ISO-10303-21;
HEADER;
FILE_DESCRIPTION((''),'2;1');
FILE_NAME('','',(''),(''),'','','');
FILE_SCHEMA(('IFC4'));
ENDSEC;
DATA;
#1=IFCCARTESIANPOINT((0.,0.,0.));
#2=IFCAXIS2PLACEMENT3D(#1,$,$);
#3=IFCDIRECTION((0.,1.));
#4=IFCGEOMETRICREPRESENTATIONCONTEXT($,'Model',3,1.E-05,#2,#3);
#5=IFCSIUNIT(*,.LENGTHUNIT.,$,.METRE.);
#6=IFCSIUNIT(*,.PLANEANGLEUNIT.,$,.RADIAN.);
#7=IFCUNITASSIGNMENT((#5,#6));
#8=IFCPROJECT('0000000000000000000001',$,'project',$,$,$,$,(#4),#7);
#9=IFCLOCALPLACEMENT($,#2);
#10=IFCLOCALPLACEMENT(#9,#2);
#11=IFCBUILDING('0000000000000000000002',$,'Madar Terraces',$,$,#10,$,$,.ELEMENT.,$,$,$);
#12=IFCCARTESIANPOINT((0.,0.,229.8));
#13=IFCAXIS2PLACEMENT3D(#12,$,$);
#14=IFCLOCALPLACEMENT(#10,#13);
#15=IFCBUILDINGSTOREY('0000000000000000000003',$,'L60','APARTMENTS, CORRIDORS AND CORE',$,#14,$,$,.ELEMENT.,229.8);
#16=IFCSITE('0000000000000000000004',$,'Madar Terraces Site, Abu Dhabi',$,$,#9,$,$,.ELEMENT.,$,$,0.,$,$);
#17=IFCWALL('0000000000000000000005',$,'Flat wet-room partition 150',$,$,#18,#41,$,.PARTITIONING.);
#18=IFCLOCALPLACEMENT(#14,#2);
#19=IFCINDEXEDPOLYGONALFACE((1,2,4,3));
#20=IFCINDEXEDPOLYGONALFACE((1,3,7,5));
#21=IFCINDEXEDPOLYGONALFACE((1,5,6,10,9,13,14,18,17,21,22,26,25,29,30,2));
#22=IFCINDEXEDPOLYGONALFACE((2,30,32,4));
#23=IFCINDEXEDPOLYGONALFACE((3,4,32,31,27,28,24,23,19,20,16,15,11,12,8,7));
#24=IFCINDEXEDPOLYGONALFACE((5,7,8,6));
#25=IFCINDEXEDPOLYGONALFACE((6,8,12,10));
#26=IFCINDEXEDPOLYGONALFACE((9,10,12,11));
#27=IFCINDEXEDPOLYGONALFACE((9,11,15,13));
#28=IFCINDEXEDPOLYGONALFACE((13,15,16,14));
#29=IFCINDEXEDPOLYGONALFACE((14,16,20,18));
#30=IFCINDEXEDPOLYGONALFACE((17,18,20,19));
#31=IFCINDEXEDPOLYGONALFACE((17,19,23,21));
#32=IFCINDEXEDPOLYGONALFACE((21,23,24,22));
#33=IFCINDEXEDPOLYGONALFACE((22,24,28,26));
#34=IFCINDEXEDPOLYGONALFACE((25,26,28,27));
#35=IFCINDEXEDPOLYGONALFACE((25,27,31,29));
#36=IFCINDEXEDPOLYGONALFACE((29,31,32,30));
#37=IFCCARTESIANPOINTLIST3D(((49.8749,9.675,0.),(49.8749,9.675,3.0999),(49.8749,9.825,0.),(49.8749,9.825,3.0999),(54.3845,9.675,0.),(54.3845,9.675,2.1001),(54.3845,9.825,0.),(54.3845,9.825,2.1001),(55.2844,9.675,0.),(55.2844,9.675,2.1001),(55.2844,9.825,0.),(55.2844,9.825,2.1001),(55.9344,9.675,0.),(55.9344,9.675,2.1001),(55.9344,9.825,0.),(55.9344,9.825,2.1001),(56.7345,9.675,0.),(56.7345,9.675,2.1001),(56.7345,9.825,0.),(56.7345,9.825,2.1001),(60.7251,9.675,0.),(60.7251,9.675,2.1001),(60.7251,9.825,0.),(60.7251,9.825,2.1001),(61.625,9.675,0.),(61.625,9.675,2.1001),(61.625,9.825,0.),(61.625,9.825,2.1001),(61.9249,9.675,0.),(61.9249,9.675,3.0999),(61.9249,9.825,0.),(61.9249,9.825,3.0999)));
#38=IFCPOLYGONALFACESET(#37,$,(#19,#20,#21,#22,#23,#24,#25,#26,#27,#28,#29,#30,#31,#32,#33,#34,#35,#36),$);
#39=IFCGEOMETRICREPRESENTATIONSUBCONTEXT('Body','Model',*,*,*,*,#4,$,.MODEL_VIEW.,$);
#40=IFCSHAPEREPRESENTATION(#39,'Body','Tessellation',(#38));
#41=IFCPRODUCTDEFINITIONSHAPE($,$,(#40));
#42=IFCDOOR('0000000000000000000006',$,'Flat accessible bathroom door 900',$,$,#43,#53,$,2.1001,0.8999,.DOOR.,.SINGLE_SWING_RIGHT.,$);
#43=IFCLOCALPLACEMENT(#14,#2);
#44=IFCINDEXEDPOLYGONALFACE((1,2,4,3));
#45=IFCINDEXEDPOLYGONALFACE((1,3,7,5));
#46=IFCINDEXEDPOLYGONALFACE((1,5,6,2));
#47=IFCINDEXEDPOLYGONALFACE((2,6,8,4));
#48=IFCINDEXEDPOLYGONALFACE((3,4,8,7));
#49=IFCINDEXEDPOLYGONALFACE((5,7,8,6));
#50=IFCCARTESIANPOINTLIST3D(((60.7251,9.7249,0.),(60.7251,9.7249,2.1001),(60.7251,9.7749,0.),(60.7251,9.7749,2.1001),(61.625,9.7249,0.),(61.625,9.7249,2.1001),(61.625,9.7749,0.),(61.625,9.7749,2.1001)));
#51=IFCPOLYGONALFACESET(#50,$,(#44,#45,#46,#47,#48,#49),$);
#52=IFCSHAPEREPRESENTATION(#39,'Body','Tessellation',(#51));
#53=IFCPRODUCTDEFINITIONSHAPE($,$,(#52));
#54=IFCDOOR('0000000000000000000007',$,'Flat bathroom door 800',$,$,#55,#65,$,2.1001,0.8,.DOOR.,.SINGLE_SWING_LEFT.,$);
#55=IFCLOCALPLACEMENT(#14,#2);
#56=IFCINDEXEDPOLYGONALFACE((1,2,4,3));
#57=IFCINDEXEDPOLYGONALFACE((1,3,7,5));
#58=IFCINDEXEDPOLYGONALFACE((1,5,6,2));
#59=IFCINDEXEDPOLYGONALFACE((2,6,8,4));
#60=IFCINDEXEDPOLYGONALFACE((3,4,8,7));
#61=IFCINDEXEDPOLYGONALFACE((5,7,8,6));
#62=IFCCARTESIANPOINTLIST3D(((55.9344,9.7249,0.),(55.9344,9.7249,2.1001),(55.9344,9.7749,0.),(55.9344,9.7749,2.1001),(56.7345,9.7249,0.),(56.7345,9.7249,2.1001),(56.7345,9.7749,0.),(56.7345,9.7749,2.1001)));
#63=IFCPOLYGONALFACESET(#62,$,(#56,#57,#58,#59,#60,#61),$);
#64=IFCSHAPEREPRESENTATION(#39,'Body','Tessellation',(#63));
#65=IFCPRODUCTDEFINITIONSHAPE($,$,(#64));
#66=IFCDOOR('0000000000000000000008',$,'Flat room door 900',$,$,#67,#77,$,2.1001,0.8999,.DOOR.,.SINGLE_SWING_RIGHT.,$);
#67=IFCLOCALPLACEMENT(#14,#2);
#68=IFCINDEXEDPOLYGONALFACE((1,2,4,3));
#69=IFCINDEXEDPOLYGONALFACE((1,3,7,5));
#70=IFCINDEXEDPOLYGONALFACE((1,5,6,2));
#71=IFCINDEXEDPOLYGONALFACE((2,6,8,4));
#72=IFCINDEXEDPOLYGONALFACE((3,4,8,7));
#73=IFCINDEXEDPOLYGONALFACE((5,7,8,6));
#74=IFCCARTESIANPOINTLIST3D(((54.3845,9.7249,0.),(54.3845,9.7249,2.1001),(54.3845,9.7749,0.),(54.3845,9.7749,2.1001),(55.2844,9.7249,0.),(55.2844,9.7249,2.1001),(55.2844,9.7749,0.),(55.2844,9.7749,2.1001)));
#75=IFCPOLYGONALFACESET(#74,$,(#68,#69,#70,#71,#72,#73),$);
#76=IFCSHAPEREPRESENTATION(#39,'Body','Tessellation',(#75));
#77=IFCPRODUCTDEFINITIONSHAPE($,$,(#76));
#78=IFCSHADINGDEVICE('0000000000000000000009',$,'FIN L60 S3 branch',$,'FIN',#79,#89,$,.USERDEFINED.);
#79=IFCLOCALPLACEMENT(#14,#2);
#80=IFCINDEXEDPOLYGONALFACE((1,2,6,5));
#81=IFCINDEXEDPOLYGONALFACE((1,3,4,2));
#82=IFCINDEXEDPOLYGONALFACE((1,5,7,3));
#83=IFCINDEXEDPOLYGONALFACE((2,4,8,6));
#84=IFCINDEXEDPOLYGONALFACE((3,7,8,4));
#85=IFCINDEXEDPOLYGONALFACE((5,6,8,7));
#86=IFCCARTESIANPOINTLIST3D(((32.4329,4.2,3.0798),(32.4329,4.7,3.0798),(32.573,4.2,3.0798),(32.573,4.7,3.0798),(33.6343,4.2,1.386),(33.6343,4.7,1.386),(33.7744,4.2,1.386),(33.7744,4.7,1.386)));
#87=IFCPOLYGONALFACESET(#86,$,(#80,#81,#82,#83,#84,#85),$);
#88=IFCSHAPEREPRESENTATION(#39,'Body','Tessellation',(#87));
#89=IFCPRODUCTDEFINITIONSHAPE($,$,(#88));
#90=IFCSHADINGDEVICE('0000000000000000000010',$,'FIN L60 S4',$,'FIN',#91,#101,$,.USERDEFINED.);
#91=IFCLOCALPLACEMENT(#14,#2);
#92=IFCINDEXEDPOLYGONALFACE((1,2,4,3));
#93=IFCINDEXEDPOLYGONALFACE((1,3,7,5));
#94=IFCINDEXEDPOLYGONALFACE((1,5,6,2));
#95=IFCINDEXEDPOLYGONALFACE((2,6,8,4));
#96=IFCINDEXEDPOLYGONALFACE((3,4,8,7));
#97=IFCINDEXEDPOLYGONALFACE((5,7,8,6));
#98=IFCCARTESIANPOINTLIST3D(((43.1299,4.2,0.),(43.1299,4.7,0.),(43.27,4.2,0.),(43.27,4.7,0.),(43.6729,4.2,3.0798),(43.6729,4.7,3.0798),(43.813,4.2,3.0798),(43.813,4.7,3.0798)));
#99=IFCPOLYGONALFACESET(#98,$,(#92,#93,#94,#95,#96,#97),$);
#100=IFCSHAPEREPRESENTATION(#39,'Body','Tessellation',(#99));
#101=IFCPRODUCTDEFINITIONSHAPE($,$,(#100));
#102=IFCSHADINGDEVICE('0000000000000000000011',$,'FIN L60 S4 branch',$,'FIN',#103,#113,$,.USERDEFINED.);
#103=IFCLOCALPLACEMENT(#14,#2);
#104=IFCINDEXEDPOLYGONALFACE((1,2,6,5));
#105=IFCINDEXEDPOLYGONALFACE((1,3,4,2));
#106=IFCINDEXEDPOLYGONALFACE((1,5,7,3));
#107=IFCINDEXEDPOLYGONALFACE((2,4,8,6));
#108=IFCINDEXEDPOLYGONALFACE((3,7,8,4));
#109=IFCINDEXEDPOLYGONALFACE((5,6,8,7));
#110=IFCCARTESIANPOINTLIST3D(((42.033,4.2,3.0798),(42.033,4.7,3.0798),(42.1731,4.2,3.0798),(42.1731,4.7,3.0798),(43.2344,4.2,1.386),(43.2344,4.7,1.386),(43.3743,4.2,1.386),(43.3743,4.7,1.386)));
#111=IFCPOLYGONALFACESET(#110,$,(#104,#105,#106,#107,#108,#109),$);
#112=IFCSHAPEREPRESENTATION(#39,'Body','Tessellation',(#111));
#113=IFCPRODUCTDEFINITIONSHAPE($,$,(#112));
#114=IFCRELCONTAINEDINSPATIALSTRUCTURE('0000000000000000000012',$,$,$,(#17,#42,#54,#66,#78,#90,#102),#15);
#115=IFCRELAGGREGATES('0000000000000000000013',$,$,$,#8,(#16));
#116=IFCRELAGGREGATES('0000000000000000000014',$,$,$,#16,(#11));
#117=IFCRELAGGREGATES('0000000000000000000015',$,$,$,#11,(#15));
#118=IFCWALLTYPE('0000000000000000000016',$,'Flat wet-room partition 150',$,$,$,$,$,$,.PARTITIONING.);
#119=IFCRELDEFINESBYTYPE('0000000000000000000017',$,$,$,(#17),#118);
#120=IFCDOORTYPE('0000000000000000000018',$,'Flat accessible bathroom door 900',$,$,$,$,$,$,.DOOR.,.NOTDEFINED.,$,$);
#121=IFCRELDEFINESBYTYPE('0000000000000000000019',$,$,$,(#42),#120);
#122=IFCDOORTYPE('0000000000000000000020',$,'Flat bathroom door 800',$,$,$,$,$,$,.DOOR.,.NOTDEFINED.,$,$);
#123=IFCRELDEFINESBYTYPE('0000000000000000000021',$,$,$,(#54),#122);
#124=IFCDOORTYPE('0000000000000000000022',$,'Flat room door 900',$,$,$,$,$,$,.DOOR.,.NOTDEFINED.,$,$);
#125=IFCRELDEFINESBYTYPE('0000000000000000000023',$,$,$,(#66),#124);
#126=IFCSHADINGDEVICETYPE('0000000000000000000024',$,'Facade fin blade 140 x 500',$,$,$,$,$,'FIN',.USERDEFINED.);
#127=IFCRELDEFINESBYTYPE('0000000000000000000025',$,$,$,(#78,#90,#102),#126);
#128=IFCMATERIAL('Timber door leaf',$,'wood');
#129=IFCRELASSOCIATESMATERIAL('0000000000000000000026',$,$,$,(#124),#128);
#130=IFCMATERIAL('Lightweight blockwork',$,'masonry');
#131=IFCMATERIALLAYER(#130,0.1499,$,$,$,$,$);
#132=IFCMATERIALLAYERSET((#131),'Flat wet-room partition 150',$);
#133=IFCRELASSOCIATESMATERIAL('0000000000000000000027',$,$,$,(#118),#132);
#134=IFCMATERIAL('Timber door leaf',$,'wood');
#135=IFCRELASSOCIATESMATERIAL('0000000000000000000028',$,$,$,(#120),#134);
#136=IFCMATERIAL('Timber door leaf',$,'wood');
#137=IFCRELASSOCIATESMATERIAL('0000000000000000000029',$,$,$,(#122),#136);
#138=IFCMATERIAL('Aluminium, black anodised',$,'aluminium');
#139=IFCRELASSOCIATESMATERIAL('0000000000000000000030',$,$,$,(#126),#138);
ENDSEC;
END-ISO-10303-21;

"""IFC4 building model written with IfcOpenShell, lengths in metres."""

from ifc_helpers import new_model, si_unit, direction, frame, frame_2d, origin, place, context, subcontext, project, spatial, polyline, rectangle, outline, extrude, material, layer, layer_set, type_object, element, fill, save


model = new_model("IFC4")

# Units and contexts
model_context = context("Model", 3, precision=1e-05, world=origin(), true_north=direction((0.0, 1.0)))
body_context = subcontext(model_context, "Body", "Model", "MODEL_VIEW")
ifc_project = project(units=[si_unit("LENGTHUNIT", "METRE"), si_unit("PLANEANGLEUNIT", "RADIAN")], contexts=[model_context])

# Site, building, storey
site_placement = place(None, origin())
site = spatial("IfcSite", under=ifc_project, at=site_placement, Name="Madar Terraces Site, Abu Dhabi", CompositionType="ELEMENT", RefElevation=0.0)
building_placement = place(site_placement, origin())
building = spatial("IfcBuilding", under=site, at=building_placement, Name="Madar Terraces", CompositionType="ELEMENT")
storey_placement = place(building_placement, frame((0.0, 0.0, 229.8)))
storey = spatial("IfcBuildingStorey", under=building, at=storey_placement, Name="L60", Description="APARTMENTS, CORRIDORS AND CORE", CompositionType="ELEMENT", Elevation=229.8)

# Shared definitions
ifc_material_1 = material(Name="Timber door leaf", Category="wood")
door_type_1 = type_object("IfcDoorType", Name="Flat room door 900", OperationType="NOTDEFINED", PredefinedType="DOOR", material=ifc_material_1)

# Shared definitions
ifc_material_2 = material(Name="Lightweight blockwork", Category="masonry")
ifc_layer_1 = layer(ifc_material_2, 0.1499)
ifc_layer_set_1 = layer_set([ifc_layer_1], Name="Flat wet-room partition 150")
wall_type_1 = type_object("IfcWallType", Name="Flat wet-room partition 150", PredefinedType="PARTITIONING", material=ifc_layer_set_1)

# Wall, openings, doors
wall_1_placement = place(storey_placement, frame((49.875, 9.75, 0.0), z_axis=(0.0, 0.0, 1.0), x_axis=(1.0, 0.0, 0.0)))
wall_1 = element("IfcWall", 1, at=wall_1_placement, inside=storey, type_object=wall_type_1, Name="Flat wet-room partition 150", PredefinedType="PARTITIONING", context=body_context, shape_type="SweptSolid", body=[
    extrude(rectangle(XDim=12.05, YDim=0.1499, at=frame_2d((6.0249, 0.0))), origin(), (0.0, 0.0, 1.0), 3.0999),
])
opening_1_placement = place(wall_1_placement, frame((4.5095, 0.0, 0.0)))
opening_1 = element("IfcOpeningElement", 2, at=opening_1_placement, cuts=wall_1, PredefinedType="OPENING", context=body_context, shape_type="SweptSolid", body=[
    extrude(rectangle(XDim=0.8999, YDim=2.1001, at=frame_2d((0.45, 1.05))), frame((0.0, 0.085, 0.0), z_axis=(0.0, -1.0, 0.0), x_axis=(1.0, 0.0, 0.0)), (0.0, 0.0, 1.0), 0.1699),
])
opening_2_placement = place(wall_1_placement, frame((6.0596, 0.0, 0.0)))
opening_2 = element("IfcOpeningElement", 3, at=opening_2_placement, cuts=wall_1, PredefinedType="OPENING", context=body_context, shape_type="SweptSolid", body=[
    extrude(rectangle(XDim=0.8, YDim=2.1001, at=frame_2d((0.3999, 1.05))), frame((0.0, 0.085, 0.0), z_axis=(0.0, -1.0, 0.0), x_axis=(1.0, 0.0, 0.0)), (0.0, 0.0, 1.0), 0.1699),
])
opening_3_placement = place(wall_1_placement, frame((10.8501, 0.0, 0.0)))
opening_3 = element("IfcOpeningElement", 4, at=opening_3_placement, cuts=wall_1, PredefinedType="OPENING", context=body_context, shape_type="SweptSolid", body=[
    extrude(rectangle(XDim=0.8999, YDim=2.1001, at=frame_2d((0.45, 1.05))), frame((0.0, 0.085, 0.0), z_axis=(0.0, -1.0, 0.0), x_axis=(1.0, 0.0, 0.0)), (0.0, 0.0, 1.0), 0.1699),
])
ifc_material_3 = material(Name="Timber door leaf", Category="wood")
door_type_2 = type_object("IfcDoorType", Name="Flat accessible bathroom door 900", OperationType="NOTDEFINED", PredefinedType="DOOR", material=ifc_material_3)
door_1_placement = place(opening_3_placement, origin())
door_1 = element("IfcDoor", 5, at=door_1_placement, inside=storey, type_object=door_type_2, Name="Flat accessible bathroom door 900", OperationType="SINGLE_SWING_RIGHT", OverallHeight=2.1001, OverallWidth=0.8999, PredefinedType="DOOR", context=body_context, shape_type="SweptSolid", body=[
    extrude(rectangle(XDim=0.8999, YDim=2.1001, at=frame_2d((0.45, 1.05))), frame((0.0, 0.0249, 0.0), z_axis=(0.0, -1.0, 0.0), x_axis=(1.0, 0.0, 0.0)), (0.0, 0.0, 1.0), 0.05),
])
fill(opening_3, door_1)
ifc_material_4 = material(Name="Timber door leaf", Category="wood")
door_type_3 = type_object("IfcDoorType", Name="Flat bathroom door 800", OperationType="NOTDEFINED", PredefinedType="DOOR", material=ifc_material_4)
door_2_placement = place(opening_2_placement, origin())
door_2 = element("IfcDoor", 6, at=door_2_placement, inside=storey, type_object=door_type_3, Name="Flat bathroom door 800", OperationType="SINGLE_SWING_LEFT", OverallHeight=2.1001, OverallWidth=0.8, PredefinedType="DOOR", context=body_context, shape_type="SweptSolid", body=[
    extrude(rectangle(XDim=0.8, YDim=2.1001, at=frame_2d((0.3999, 1.05))), frame((0.0, 0.0249, 0.0), z_axis=(0.0, -1.0, 0.0), x_axis=(1.0, 0.0, 0.0)), (0.0, 0.0, 1.0), 0.05),
])
fill(opening_2, door_2)
door_3_placement = place(opening_1_placement, origin())
door_3 = element("IfcDoor", 7, at=door_3_placement, inside=storey, type_object=door_type_1, Name="Flat room door 900", OperationType="SINGLE_SWING_RIGHT", OverallHeight=2.1001, OverallWidth=0.8999, PredefinedType="DOOR", context=body_context, shape_type="SweptSolid", body=[
    extrude(rectangle(XDim=0.8999, YDim=2.1001, at=frame_2d((0.45, 1.05))), frame((0.0, 0.0249, 0.0), z_axis=(0.0, -1.0, 0.0), x_axis=(1.0, 0.0, 0.0)), (0.0, 0.0, 1.0), 0.05),
])
fill(opening_1, door_3)

# Shading devices
ifc_material_5 = material(Name="Aluminium, black anodised", Category="aluminium")
shading_device_type = type_object("IfcShadingDeviceType", Name="Facade fin blade 140 x 500", ElementType="FIN", PredefinedType="USERDEFINED", material=ifc_material_5)
shading_device_1_placement = place(storey_placement, frame((33.6343, 4.45, 1.386), z_axis=(0.0, 0.0, 1.0), x_axis=(1.0, 0.0, 0.0)))
element("IfcShadingDevice", 8, at=shading_device_1_placement, inside=storey, type_object=shading_device_type, Name="FIN L60 S3 branch", ObjectType="FIN", PredefinedType="USERDEFINED", context=body_context, shape_type="SweptSolid", body=[
    extrude(outline(polyline([(0.0, 0.0), (0.1401, 0.0), (-1.0613, 1.6938), (-1.2014, 1.6938), (0.0, 0.0)])), frame((0.0, 0.25, 0.0), z_axis=(0.0, -1.0, 0.0), x_axis=(1.0, 0.0, 0.0)), (0.0, 0.0, 1.0), 0.5),
])
shading_device_2_placement = place(storey_placement, frame((43.1299, 4.45, 0.0), z_axis=(0.0, 0.0, 1.0), x_axis=(1.0, 0.0, 0.0)))
element("IfcShadingDevice", 9, at=shading_device_2_placement, inside=storey, type_object=shading_device_type, Name="FIN L60 S4", ObjectType="FIN", PredefinedType="USERDEFINED", context=body_context, shape_type="SweptSolid", body=[
    extrude(outline(polyline([(0.0, 0.0), (0.1401, 0.0), (0.6831, 3.0798), (0.543, 3.0798), (0.0, 0.0)])), frame((0.0, 0.25, 0.0), z_axis=(0.0, -1.0, 0.0), x_axis=(1.0, 0.0, 0.0)), (0.0, 0.0, 1.0), 0.5),
])
shading_device_3_placement = place(storey_placement, frame((43.2344, 4.45, 1.386), z_axis=(0.0, 0.0, 1.0), x_axis=(1.0, 0.0, 0.0)))
element("IfcShadingDevice", 10, at=shading_device_3_placement, inside=storey, type_object=shading_device_type, Name="FIN L60 S4 branch", ObjectType="FIN", PredefinedType="USERDEFINED", context=body_context, shape_type="SweptSolid", body=[
    extrude(outline(polyline([(0.0, 0.0), (0.1399, 0.0), (-1.0613, 1.6938), (-1.2014, 1.6938), (0.0, 0.0)])), frame((0.0, 0.25, 0.0), z_axis=(0.0, -1.0, 0.0), x_axis=(1.0, 0.0, 0.0)), (0.0, 0.0, 1.0), 0.5),
])

save(model, "model.ifc")
